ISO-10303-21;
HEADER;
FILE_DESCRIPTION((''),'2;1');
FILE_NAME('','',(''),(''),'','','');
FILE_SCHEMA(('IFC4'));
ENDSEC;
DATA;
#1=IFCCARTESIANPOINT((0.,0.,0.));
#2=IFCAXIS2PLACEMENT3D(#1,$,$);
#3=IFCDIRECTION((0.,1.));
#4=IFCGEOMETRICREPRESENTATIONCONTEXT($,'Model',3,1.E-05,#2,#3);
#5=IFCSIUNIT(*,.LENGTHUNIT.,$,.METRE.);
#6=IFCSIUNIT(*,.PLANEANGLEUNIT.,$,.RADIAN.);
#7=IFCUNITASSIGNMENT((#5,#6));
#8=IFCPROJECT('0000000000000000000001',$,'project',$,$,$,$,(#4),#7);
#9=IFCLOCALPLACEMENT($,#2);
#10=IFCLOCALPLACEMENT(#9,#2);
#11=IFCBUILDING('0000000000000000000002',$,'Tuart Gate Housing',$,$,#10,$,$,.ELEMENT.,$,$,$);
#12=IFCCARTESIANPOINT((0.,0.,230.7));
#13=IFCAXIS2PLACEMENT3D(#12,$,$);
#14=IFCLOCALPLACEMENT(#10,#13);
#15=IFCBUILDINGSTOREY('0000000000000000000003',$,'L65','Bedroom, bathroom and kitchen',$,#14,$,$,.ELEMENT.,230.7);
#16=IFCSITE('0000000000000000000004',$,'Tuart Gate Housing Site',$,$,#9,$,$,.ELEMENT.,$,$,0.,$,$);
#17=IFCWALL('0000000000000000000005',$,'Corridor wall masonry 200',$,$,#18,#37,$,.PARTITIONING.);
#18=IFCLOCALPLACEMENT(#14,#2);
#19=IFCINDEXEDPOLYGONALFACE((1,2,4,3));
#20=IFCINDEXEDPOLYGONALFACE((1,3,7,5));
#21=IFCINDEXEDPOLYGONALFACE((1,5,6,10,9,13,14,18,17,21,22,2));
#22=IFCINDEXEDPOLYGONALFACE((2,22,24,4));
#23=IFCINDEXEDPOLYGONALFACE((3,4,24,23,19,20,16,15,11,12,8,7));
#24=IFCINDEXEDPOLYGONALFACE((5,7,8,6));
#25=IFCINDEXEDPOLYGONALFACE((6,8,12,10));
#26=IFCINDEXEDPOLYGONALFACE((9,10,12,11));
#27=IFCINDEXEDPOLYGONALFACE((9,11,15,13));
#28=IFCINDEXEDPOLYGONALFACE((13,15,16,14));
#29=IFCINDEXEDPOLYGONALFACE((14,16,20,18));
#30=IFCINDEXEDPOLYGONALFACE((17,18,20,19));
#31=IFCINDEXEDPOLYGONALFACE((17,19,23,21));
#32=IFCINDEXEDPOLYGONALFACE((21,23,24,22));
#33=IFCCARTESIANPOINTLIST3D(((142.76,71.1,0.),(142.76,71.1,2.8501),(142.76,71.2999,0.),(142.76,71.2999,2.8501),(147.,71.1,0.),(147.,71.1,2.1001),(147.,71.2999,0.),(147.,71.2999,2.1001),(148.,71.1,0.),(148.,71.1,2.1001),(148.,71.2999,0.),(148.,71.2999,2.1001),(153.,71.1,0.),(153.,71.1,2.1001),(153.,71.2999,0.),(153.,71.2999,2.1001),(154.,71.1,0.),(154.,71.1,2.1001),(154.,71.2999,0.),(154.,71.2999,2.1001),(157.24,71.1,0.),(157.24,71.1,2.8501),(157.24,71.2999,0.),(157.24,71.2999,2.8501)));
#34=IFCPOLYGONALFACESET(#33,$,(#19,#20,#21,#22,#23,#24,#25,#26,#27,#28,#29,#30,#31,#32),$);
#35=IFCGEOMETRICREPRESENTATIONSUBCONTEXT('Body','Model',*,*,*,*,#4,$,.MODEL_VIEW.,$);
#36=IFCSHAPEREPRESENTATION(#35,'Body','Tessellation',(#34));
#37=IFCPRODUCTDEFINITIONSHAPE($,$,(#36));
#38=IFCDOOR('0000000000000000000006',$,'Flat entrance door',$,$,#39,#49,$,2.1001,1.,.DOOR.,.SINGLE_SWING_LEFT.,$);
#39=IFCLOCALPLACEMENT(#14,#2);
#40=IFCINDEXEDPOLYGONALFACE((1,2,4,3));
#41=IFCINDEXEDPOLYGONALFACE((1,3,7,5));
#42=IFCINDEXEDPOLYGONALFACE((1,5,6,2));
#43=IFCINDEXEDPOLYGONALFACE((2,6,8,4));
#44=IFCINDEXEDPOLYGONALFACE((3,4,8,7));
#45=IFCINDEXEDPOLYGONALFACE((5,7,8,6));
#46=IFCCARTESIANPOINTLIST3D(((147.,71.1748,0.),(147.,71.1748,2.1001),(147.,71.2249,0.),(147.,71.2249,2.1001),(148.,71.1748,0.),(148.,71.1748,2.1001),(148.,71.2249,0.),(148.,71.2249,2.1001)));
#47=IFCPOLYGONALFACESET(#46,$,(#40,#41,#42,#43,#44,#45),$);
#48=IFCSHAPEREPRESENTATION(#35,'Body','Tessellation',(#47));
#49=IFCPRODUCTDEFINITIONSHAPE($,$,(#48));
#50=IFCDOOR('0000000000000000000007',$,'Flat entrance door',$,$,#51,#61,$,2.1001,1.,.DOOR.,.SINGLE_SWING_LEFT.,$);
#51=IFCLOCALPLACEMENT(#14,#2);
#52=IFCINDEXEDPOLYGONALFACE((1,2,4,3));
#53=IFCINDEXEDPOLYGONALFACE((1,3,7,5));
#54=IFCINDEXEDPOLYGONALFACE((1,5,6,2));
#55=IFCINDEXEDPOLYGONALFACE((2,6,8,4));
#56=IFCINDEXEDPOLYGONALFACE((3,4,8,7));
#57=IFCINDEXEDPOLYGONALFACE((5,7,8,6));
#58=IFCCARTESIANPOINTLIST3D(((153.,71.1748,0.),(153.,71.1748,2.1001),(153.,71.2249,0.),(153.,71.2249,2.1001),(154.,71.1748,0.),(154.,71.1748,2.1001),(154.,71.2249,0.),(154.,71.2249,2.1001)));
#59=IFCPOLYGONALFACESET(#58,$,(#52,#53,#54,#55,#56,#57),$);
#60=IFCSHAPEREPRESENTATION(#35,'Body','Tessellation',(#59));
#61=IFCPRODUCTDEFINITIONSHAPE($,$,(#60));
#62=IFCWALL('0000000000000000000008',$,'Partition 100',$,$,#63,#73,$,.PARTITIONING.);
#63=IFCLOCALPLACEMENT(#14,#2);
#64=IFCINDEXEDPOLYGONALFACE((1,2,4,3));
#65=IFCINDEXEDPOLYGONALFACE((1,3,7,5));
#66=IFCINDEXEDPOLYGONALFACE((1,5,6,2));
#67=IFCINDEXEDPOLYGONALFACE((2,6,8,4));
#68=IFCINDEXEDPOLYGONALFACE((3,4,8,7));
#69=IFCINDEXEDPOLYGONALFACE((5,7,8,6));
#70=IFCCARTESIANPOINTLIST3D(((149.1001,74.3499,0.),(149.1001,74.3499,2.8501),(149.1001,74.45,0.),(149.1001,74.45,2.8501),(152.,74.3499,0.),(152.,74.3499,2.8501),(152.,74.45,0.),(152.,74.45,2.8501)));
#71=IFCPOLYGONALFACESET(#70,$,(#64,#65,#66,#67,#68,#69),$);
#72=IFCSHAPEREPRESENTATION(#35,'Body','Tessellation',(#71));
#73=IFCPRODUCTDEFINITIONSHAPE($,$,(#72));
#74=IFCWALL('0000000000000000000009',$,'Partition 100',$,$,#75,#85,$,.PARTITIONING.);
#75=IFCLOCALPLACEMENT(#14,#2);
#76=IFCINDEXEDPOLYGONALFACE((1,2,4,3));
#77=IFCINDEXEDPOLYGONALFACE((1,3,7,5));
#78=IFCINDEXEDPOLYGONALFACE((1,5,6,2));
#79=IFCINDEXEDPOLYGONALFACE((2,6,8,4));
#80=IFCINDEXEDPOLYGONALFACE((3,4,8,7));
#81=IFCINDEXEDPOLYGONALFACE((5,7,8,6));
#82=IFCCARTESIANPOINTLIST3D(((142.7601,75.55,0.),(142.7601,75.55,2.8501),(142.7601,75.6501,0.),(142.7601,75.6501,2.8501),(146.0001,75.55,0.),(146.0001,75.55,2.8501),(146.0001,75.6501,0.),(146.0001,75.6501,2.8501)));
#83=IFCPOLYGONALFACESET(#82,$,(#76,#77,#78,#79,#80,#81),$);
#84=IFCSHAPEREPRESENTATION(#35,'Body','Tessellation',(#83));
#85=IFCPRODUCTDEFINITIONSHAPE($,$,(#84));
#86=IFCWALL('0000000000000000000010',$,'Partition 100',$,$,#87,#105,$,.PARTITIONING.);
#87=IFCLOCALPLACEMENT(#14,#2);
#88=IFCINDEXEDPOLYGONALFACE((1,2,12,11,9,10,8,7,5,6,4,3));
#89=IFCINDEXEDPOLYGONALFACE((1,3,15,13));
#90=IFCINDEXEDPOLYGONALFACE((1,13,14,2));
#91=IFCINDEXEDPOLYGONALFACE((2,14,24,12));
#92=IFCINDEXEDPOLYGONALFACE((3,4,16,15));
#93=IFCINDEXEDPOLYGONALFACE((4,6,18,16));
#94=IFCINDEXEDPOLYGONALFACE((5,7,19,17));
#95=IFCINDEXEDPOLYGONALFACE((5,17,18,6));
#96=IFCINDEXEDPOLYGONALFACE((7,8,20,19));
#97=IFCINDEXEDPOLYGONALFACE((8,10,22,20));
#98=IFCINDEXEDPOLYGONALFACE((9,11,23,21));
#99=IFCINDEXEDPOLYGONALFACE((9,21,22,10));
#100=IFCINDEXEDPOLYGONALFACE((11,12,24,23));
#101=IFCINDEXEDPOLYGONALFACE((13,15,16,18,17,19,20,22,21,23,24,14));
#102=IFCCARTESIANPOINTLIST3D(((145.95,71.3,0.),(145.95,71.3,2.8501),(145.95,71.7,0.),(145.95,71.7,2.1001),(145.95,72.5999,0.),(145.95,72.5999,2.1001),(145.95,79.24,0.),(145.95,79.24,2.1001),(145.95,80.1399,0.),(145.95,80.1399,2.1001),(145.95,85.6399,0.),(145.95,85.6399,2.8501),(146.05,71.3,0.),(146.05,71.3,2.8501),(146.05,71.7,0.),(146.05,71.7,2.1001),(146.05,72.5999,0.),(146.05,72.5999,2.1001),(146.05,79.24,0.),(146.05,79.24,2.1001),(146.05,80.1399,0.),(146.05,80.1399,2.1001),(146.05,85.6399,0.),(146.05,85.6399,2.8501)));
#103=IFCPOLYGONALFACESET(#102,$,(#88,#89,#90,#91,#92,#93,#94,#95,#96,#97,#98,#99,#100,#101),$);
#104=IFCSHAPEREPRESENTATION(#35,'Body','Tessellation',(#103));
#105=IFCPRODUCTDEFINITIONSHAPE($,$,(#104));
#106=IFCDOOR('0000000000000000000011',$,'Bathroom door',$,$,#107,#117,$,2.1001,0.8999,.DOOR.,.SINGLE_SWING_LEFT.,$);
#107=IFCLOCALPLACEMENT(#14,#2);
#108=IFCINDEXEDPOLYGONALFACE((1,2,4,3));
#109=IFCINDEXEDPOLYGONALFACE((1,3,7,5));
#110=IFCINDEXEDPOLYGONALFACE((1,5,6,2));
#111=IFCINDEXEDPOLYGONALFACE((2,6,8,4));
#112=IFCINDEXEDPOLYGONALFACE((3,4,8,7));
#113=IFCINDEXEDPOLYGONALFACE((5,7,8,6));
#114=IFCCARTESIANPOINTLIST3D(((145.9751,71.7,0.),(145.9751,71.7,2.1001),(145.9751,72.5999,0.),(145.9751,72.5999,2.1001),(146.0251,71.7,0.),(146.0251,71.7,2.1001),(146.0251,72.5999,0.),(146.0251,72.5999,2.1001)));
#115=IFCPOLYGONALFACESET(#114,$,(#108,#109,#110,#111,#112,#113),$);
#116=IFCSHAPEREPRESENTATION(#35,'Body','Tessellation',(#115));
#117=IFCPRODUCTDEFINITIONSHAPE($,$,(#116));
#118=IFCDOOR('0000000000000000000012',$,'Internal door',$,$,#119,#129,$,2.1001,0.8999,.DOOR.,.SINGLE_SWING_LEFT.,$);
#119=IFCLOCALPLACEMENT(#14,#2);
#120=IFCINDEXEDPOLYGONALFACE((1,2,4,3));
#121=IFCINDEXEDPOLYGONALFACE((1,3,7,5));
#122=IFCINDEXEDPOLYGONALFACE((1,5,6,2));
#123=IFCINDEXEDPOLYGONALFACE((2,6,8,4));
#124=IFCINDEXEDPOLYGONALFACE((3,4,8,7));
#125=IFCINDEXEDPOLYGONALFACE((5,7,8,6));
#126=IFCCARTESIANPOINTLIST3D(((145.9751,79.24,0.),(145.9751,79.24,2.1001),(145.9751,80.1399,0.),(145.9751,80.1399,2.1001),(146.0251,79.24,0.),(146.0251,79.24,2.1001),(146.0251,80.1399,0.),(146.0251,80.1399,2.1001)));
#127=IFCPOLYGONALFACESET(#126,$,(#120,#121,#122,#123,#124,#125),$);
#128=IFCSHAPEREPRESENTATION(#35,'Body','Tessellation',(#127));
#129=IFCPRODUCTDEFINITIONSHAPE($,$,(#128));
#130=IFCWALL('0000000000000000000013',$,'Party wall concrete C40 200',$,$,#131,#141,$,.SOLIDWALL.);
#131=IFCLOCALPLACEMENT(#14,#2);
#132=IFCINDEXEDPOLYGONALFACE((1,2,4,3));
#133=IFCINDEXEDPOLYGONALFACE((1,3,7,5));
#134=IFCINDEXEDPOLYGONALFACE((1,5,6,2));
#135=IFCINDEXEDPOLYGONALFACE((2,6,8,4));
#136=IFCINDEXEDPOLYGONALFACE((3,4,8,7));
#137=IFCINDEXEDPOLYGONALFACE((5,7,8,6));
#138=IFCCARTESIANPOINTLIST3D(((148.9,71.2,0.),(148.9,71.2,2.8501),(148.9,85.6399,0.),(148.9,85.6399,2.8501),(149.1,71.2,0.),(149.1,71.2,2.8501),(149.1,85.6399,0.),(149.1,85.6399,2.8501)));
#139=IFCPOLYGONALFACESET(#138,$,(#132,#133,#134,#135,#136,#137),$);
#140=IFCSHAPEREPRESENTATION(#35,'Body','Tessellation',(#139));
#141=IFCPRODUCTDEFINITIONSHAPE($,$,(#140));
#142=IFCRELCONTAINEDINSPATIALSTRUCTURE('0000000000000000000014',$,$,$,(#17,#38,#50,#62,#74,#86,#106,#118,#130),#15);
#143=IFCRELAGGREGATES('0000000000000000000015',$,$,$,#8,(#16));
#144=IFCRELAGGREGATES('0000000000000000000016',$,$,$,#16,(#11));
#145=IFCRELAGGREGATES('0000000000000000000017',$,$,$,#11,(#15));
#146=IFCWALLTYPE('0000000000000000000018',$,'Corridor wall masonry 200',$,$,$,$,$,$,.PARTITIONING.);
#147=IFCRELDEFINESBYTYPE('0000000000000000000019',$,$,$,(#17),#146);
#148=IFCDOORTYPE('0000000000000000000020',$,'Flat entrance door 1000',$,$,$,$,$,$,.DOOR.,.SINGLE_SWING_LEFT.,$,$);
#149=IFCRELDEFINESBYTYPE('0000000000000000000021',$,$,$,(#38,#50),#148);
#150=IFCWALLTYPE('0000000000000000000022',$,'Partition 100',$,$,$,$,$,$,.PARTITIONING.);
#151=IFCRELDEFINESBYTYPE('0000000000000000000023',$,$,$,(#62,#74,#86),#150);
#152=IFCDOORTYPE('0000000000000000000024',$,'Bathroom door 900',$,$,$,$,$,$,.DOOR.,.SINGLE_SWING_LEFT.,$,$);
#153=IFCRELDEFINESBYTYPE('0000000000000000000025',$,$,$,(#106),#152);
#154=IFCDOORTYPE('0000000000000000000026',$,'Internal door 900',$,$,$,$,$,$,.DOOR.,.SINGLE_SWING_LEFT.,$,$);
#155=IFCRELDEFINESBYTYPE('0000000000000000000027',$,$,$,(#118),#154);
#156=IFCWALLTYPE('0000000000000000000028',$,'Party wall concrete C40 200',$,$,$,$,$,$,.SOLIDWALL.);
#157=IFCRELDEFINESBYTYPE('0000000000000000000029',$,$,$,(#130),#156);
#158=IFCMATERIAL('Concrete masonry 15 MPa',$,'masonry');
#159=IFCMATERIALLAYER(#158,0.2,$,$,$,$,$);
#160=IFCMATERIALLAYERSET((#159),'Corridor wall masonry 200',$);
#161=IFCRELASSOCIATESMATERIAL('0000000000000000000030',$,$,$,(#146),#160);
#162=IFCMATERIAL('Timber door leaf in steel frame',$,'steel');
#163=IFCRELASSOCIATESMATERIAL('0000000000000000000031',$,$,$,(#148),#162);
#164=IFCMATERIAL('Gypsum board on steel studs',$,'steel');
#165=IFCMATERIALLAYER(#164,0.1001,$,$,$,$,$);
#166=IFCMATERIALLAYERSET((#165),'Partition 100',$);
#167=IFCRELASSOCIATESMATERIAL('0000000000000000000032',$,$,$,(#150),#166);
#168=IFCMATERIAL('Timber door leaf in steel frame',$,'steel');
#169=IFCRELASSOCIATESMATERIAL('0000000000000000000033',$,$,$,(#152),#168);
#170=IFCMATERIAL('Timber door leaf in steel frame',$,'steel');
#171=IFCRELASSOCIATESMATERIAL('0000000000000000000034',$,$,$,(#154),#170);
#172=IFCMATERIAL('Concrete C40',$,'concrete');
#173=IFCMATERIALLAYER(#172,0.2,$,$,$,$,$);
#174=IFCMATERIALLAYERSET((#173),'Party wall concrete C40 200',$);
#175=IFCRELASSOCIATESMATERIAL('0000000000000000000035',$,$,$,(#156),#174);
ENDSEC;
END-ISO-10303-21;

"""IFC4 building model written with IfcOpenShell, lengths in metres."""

from ifc_helpers import new_model, si_unit, direction, frame, frame_2d, origin, place, context, subcontext, project, spatial, rectangle, extrude, material, layer, layer_set, type_object, element, fill, save


model = new_model("IFC4")

# Units and contexts
model_context = context("Model", 3, precision=1e-05, world=origin(), true_north=direction((0.0, 1.0)))
body_context = subcontext(model_context, "Body", "Model", "MODEL_VIEW")
ifc_project = project(units=[si_unit("LENGTHUNIT", "METRE"), si_unit("PLANEANGLEUNIT", "RADIAN")], contexts=[model_context])

# Site, building, storey
site_placement = place(None, origin())
site = spatial("IfcSite", under=ifc_project, at=site_placement, Name="Tuart Gate Housing Site", CompositionType="ELEMENT", RefElevation=0.0)
building_placement = place(site_placement, origin())
building = spatial("IfcBuilding", under=site, at=building_placement, Name="Tuart Gate Housing", CompositionType="ELEMENT")
storey_placement = place(building_placement, frame((0.0, 0.0, 230.7)))
storey = spatial("IfcBuildingStorey", under=building, at=storey_placement, Name="L65", Description="Bedroom, bathroom and kitchen", CompositionType="ELEMENT", Elevation=230.7)

# Wall, openings, doors
ifc_material_1 = material(Name="Concrete masonry 15 MPa", Category="masonry")
ifc_layer_1 = layer(ifc_material_1, 0.2)
ifc_layer_set_1 = layer_set([ifc_layer_1], Name="Corridor wall masonry 200")
wall_type_1 = type_object("IfcWallType", Name="Corridor wall masonry 200", PredefinedType="PARTITIONING", material=ifc_layer_set_1)
wall_1_placement = place(storey_placement, frame((142.76, 71.2, 0.0), z_axis=(0.0, 0.0, 1.0), x_axis=(1.0, 0.0, 0.0)))
wall_1 = element("IfcWall", 1, at=wall_1_placement, inside=storey, type_object=wall_type_1, Name="Corridor wall masonry 200", PredefinedType="PARTITIONING", context=body_context, shape_type="SweptSolid", body=[
    extrude(rectangle(XDim=14.48, YDim=0.2, at=frame_2d((7.24, 0.0))), origin(), (0.0, 0.0, 1.0), 2.8501),
])
opening_1_placement = place(wall_1_placement, frame((4.24, 0.0, 0.0)))
opening_1 = element("IfcOpeningElement", 2, at=opening_1_placement, cuts=wall_1, PredefinedType="OPENING", context=body_context, shape_type="SweptSolid", body=[
    extrude(rectangle(XDim=1.0, YDim=2.1001, at=frame_2d((0.5, 1.05))), frame((0.0, 0.1099, 0.0), z_axis=(0.0, -1.0, 0.0), x_axis=(1.0, 0.0, 0.0)), (0.0, 0.0, 1.0), 0.22),
])
opening_2_placement = place(wall_1_placement, frame((10.24, 0.0, 0.0)))
opening_2 = element("IfcOpeningElement", 3, at=opening_2_placement, cuts=wall_1, PredefinedType="OPENING", context=body_context, shape_type="SweptSolid", body=[
    extrude(rectangle(XDim=1.0, YDim=2.1001, at=frame_2d((0.5, 1.05))), frame((0.0, 0.1099, 0.0), z_axis=(0.0, -1.0, 0.0), x_axis=(1.0, 0.0, 0.0)), (0.0, 0.0, 1.0), 0.22),
])
ifc_material_2 = material(Name="Timber door leaf in steel frame", Category="steel")
door_type_1 = type_object("IfcDoorType", Name="Flat entrance door 1000", OperationType="SINGLE_SWING_LEFT", PredefinedType="DOOR", material=ifc_material_2)
door_1_placement = place(opening_1_placement, origin())
door_1 = element("IfcDoor", 4, at=door_1_placement, inside=storey, type_object=door_type_1, Name="Flat entrance door", OperationType="SINGLE_SWING_LEFT", OverallHeight=2.1001, OverallWidth=1.0, PredefinedType="DOOR", context=body_context, shape_type="SweptSolid", body=[
    extrude(rectangle(XDim=1.0, YDim=2.1001, at=frame_2d((0.5, 1.05))), frame((0.0, 0.0249, 0.0), z_axis=(0.0, -1.0, 0.0), x_axis=(1.0, 0.0, 0.0)), (0.0, 0.0, 1.0), 0.05),
])
fill(opening_1, door_1)
door_2_placement = place(opening_2_placement, origin())
door_2 = element("IfcDoor", 5, at=door_2_placement, inside=storey, type_object=door_type_1, Name="Flat entrance door", OperationType="SINGLE_SWING_LEFT", OverallHeight=2.1001, OverallWidth=1.0, PredefinedType="DOOR", context=body_context, shape_type="SweptSolid", body=[
    extrude(rectangle(XDim=1.0, YDim=2.1001, at=frame_2d((0.5, 1.05))), frame((0.0, 0.0249, 0.0), z_axis=(0.0, -1.0, 0.0), x_axis=(1.0, 0.0, 0.0)), (0.0, 0.0, 1.0), 0.05),
])
fill(opening_2, door_2)

# Walls
ifc_material_3 = material(Name="Gypsum board on steel studs", Category="steel")
ifc_layer_2 = layer(ifc_material_3, 0.1001)
ifc_layer_set_2 = layer_set([ifc_layer_2], Name="Partition 100")
wall_type_2 = type_object("IfcWallType", Name="Partition 100", PredefinedType="PARTITIONING", material=ifc_layer_set_2)
wall_2_placement = place(storey_placement, frame((149.1001, 74.3999, 0.0), z_axis=(0.0, 0.0, 1.0), x_axis=(1.0, 0.0, 0.0)))
element("IfcWall", 6, at=wall_2_placement, inside=storey, type_object=wall_type_2, Name="Partition 100", PredefinedType="PARTITIONING", context=body_context, shape_type="SweptSolid", body=[
    extrude(rectangle(XDim=2.8999, YDim=0.1001, at=frame_2d((1.45, 0.0))), origin(), (0.0, 0.0, 1.0), 2.8501),
])
wall_3_placement = place(storey_placement, frame((142.76, 75.6001, 0.0), z_axis=(0.0, 0.0, 1.0), x_axis=(1.0, 0.0, 0.0)))
element("IfcWall", 7, at=wall_3_placement, inside=storey, type_object=wall_type_2, Name="Partition 100", PredefinedType="PARTITIONING", context=body_context, shape_type="SweptSolid", body=[
    extrude(rectangle(XDim=3.24, YDim=0.1001, at=frame_2d((1.6201, 0.0))), origin(), (0.0, 0.0, 1.0), 2.8501),
])

# Wall, openings, doors
wall_4_placement = place(storey_placement, frame((146.0, 71.3, 0.0), z_axis=(0.0, 0.0, 1.0), x_axis=(0.0, 1.0, 0.0)))
wall_4 = element("IfcWall", 8, at=wall_4_placement, inside=storey, type_object=wall_type_2, Name="Partition 100", PredefinedType="PARTITIONING", context=body_context, shape_type="SweptSolid", body=[
    extrude(rectangle(XDim=14.3398, YDim=0.1001, at=frame_2d((7.1699, 0.0))), origin(), (0.0, 0.0, 1.0), 2.8501),
])
opening_3_placement = place(wall_4_placement, frame((7.9399, 0.0, 0.0)))
opening_3 = element("IfcOpeningElement", 9, at=opening_3_placement, cuts=wall_4, PredefinedType="OPENING", context=body_context, shape_type="SweptSolid", body=[
    extrude(rectangle(XDim=0.8999, YDim=2.1001, at=frame_2d((0.45, 1.05))), frame((0.0, 0.0601, 0.0), z_axis=(0.0, -1.0, 0.0), x_axis=(1.0, 0.0, 0.0)), (0.0, 0.0, 1.0), 0.1201),
])
opening_4_placement = place(wall_4_placement, frame((0.3999, 0.0, 0.0)))
opening_4 = element("IfcOpeningElement", 10, at=opening_4_placement, cuts=wall_4, PredefinedType="OPENING", context=body_context, shape_type="SweptSolid", body=[
    extrude(rectangle(XDim=0.8999, YDim=2.1001, at=frame_2d((0.45, 1.05))), frame((0.0, 0.0601, 0.0), z_axis=(0.0, -1.0, 0.0), x_axis=(1.0, 0.0, 0.0)), (0.0, 0.0, 1.0), 0.1201),
])
ifc_material_4 = material(Name="Timber door leaf in steel frame", Category="steel")
door_type_2 = type_object("IfcDoorType", Name="Bathroom door 900", OperationType="SINGLE_SWING_LEFT", PredefinedType="DOOR", material=ifc_material_4)
door_3_placement = place(opening_4_placement, origin())
door_3 = element("IfcDoor", 11, at=door_3_placement, inside=storey, type_object=door_type_2, Name="Bathroom door", OperationType="SINGLE_SWING_LEFT", OverallHeight=2.1001, OverallWidth=0.8999, PredefinedType="DOOR", context=body_context, shape_type="SweptSolid", body=[
    extrude(rectangle(XDim=0.8999, YDim=2.1001, at=frame_2d((0.45, 1.05))), frame((0.0, 0.0249, 0.0), z_axis=(0.0, -1.0, 0.0), x_axis=(1.0, 0.0, 0.0)), (0.0, 0.0, 1.0), 0.05),
])
fill(opening_4, door_3)
ifc_material_5 = material(Name="Timber door leaf in steel frame", Category="steel")
door_type_3 = type_object("IfcDoorType", Name="Internal door 900", OperationType="SINGLE_SWING_LEFT", PredefinedType="DOOR", material=ifc_material_5)
door_4_placement = place(opening_3_placement, origin())
door_4 = element("IfcDoor", 12, at=door_4_placement, inside=storey, type_object=door_type_3, Name="Internal door", OperationType="SINGLE_SWING_LEFT", OverallHeight=2.1001, OverallWidth=0.8999, PredefinedType="DOOR", context=body_context, shape_type="SweptSolid", body=[
    extrude(rectangle(XDim=0.8999, YDim=2.1001, at=frame_2d((0.45, 1.05))), frame((0.0, 0.0249, 0.0), z_axis=(0.0, -1.0, 0.0), x_axis=(1.0, 0.0, 0.0)), (0.0, 0.0, 1.0), 0.05),
])
fill(opening_3, door_4)

# Wall
ifc_material_6 = material(Name="Concrete C40", Category="concrete")
ifc_layer_3 = layer(ifc_material_6, 0.2)
ifc_layer_set_3 = layer_set([ifc_layer_3], Name="Party wall concrete C40 200")
wall_type_3 = type_object("IfcWallType", Name="Party wall concrete C40 200", PredefinedType="SOLIDWALL", material=ifc_layer_set_3)
wall_5_placement = place(storey_placement, frame((149.0, 71.2, 0.0), z_axis=(0.0, 0.0, 1.0), x_axis=(0.0, 1.0, 0.0)))
element("IfcWall", 13, at=wall_5_placement, inside=storey, type_object=wall_type_3, Name="Party wall concrete C40 200", PredefinedType="SOLIDWALL", context=body_context, shape_type="SweptSolid", body=[
    extrude(rectangle(XDim=14.4399, YDim=0.2, at=frame_2d((7.22, 0.0))), origin(), (0.0, 0.0, 1.0), 2.8501),
])

save(model, "model.ifc")
